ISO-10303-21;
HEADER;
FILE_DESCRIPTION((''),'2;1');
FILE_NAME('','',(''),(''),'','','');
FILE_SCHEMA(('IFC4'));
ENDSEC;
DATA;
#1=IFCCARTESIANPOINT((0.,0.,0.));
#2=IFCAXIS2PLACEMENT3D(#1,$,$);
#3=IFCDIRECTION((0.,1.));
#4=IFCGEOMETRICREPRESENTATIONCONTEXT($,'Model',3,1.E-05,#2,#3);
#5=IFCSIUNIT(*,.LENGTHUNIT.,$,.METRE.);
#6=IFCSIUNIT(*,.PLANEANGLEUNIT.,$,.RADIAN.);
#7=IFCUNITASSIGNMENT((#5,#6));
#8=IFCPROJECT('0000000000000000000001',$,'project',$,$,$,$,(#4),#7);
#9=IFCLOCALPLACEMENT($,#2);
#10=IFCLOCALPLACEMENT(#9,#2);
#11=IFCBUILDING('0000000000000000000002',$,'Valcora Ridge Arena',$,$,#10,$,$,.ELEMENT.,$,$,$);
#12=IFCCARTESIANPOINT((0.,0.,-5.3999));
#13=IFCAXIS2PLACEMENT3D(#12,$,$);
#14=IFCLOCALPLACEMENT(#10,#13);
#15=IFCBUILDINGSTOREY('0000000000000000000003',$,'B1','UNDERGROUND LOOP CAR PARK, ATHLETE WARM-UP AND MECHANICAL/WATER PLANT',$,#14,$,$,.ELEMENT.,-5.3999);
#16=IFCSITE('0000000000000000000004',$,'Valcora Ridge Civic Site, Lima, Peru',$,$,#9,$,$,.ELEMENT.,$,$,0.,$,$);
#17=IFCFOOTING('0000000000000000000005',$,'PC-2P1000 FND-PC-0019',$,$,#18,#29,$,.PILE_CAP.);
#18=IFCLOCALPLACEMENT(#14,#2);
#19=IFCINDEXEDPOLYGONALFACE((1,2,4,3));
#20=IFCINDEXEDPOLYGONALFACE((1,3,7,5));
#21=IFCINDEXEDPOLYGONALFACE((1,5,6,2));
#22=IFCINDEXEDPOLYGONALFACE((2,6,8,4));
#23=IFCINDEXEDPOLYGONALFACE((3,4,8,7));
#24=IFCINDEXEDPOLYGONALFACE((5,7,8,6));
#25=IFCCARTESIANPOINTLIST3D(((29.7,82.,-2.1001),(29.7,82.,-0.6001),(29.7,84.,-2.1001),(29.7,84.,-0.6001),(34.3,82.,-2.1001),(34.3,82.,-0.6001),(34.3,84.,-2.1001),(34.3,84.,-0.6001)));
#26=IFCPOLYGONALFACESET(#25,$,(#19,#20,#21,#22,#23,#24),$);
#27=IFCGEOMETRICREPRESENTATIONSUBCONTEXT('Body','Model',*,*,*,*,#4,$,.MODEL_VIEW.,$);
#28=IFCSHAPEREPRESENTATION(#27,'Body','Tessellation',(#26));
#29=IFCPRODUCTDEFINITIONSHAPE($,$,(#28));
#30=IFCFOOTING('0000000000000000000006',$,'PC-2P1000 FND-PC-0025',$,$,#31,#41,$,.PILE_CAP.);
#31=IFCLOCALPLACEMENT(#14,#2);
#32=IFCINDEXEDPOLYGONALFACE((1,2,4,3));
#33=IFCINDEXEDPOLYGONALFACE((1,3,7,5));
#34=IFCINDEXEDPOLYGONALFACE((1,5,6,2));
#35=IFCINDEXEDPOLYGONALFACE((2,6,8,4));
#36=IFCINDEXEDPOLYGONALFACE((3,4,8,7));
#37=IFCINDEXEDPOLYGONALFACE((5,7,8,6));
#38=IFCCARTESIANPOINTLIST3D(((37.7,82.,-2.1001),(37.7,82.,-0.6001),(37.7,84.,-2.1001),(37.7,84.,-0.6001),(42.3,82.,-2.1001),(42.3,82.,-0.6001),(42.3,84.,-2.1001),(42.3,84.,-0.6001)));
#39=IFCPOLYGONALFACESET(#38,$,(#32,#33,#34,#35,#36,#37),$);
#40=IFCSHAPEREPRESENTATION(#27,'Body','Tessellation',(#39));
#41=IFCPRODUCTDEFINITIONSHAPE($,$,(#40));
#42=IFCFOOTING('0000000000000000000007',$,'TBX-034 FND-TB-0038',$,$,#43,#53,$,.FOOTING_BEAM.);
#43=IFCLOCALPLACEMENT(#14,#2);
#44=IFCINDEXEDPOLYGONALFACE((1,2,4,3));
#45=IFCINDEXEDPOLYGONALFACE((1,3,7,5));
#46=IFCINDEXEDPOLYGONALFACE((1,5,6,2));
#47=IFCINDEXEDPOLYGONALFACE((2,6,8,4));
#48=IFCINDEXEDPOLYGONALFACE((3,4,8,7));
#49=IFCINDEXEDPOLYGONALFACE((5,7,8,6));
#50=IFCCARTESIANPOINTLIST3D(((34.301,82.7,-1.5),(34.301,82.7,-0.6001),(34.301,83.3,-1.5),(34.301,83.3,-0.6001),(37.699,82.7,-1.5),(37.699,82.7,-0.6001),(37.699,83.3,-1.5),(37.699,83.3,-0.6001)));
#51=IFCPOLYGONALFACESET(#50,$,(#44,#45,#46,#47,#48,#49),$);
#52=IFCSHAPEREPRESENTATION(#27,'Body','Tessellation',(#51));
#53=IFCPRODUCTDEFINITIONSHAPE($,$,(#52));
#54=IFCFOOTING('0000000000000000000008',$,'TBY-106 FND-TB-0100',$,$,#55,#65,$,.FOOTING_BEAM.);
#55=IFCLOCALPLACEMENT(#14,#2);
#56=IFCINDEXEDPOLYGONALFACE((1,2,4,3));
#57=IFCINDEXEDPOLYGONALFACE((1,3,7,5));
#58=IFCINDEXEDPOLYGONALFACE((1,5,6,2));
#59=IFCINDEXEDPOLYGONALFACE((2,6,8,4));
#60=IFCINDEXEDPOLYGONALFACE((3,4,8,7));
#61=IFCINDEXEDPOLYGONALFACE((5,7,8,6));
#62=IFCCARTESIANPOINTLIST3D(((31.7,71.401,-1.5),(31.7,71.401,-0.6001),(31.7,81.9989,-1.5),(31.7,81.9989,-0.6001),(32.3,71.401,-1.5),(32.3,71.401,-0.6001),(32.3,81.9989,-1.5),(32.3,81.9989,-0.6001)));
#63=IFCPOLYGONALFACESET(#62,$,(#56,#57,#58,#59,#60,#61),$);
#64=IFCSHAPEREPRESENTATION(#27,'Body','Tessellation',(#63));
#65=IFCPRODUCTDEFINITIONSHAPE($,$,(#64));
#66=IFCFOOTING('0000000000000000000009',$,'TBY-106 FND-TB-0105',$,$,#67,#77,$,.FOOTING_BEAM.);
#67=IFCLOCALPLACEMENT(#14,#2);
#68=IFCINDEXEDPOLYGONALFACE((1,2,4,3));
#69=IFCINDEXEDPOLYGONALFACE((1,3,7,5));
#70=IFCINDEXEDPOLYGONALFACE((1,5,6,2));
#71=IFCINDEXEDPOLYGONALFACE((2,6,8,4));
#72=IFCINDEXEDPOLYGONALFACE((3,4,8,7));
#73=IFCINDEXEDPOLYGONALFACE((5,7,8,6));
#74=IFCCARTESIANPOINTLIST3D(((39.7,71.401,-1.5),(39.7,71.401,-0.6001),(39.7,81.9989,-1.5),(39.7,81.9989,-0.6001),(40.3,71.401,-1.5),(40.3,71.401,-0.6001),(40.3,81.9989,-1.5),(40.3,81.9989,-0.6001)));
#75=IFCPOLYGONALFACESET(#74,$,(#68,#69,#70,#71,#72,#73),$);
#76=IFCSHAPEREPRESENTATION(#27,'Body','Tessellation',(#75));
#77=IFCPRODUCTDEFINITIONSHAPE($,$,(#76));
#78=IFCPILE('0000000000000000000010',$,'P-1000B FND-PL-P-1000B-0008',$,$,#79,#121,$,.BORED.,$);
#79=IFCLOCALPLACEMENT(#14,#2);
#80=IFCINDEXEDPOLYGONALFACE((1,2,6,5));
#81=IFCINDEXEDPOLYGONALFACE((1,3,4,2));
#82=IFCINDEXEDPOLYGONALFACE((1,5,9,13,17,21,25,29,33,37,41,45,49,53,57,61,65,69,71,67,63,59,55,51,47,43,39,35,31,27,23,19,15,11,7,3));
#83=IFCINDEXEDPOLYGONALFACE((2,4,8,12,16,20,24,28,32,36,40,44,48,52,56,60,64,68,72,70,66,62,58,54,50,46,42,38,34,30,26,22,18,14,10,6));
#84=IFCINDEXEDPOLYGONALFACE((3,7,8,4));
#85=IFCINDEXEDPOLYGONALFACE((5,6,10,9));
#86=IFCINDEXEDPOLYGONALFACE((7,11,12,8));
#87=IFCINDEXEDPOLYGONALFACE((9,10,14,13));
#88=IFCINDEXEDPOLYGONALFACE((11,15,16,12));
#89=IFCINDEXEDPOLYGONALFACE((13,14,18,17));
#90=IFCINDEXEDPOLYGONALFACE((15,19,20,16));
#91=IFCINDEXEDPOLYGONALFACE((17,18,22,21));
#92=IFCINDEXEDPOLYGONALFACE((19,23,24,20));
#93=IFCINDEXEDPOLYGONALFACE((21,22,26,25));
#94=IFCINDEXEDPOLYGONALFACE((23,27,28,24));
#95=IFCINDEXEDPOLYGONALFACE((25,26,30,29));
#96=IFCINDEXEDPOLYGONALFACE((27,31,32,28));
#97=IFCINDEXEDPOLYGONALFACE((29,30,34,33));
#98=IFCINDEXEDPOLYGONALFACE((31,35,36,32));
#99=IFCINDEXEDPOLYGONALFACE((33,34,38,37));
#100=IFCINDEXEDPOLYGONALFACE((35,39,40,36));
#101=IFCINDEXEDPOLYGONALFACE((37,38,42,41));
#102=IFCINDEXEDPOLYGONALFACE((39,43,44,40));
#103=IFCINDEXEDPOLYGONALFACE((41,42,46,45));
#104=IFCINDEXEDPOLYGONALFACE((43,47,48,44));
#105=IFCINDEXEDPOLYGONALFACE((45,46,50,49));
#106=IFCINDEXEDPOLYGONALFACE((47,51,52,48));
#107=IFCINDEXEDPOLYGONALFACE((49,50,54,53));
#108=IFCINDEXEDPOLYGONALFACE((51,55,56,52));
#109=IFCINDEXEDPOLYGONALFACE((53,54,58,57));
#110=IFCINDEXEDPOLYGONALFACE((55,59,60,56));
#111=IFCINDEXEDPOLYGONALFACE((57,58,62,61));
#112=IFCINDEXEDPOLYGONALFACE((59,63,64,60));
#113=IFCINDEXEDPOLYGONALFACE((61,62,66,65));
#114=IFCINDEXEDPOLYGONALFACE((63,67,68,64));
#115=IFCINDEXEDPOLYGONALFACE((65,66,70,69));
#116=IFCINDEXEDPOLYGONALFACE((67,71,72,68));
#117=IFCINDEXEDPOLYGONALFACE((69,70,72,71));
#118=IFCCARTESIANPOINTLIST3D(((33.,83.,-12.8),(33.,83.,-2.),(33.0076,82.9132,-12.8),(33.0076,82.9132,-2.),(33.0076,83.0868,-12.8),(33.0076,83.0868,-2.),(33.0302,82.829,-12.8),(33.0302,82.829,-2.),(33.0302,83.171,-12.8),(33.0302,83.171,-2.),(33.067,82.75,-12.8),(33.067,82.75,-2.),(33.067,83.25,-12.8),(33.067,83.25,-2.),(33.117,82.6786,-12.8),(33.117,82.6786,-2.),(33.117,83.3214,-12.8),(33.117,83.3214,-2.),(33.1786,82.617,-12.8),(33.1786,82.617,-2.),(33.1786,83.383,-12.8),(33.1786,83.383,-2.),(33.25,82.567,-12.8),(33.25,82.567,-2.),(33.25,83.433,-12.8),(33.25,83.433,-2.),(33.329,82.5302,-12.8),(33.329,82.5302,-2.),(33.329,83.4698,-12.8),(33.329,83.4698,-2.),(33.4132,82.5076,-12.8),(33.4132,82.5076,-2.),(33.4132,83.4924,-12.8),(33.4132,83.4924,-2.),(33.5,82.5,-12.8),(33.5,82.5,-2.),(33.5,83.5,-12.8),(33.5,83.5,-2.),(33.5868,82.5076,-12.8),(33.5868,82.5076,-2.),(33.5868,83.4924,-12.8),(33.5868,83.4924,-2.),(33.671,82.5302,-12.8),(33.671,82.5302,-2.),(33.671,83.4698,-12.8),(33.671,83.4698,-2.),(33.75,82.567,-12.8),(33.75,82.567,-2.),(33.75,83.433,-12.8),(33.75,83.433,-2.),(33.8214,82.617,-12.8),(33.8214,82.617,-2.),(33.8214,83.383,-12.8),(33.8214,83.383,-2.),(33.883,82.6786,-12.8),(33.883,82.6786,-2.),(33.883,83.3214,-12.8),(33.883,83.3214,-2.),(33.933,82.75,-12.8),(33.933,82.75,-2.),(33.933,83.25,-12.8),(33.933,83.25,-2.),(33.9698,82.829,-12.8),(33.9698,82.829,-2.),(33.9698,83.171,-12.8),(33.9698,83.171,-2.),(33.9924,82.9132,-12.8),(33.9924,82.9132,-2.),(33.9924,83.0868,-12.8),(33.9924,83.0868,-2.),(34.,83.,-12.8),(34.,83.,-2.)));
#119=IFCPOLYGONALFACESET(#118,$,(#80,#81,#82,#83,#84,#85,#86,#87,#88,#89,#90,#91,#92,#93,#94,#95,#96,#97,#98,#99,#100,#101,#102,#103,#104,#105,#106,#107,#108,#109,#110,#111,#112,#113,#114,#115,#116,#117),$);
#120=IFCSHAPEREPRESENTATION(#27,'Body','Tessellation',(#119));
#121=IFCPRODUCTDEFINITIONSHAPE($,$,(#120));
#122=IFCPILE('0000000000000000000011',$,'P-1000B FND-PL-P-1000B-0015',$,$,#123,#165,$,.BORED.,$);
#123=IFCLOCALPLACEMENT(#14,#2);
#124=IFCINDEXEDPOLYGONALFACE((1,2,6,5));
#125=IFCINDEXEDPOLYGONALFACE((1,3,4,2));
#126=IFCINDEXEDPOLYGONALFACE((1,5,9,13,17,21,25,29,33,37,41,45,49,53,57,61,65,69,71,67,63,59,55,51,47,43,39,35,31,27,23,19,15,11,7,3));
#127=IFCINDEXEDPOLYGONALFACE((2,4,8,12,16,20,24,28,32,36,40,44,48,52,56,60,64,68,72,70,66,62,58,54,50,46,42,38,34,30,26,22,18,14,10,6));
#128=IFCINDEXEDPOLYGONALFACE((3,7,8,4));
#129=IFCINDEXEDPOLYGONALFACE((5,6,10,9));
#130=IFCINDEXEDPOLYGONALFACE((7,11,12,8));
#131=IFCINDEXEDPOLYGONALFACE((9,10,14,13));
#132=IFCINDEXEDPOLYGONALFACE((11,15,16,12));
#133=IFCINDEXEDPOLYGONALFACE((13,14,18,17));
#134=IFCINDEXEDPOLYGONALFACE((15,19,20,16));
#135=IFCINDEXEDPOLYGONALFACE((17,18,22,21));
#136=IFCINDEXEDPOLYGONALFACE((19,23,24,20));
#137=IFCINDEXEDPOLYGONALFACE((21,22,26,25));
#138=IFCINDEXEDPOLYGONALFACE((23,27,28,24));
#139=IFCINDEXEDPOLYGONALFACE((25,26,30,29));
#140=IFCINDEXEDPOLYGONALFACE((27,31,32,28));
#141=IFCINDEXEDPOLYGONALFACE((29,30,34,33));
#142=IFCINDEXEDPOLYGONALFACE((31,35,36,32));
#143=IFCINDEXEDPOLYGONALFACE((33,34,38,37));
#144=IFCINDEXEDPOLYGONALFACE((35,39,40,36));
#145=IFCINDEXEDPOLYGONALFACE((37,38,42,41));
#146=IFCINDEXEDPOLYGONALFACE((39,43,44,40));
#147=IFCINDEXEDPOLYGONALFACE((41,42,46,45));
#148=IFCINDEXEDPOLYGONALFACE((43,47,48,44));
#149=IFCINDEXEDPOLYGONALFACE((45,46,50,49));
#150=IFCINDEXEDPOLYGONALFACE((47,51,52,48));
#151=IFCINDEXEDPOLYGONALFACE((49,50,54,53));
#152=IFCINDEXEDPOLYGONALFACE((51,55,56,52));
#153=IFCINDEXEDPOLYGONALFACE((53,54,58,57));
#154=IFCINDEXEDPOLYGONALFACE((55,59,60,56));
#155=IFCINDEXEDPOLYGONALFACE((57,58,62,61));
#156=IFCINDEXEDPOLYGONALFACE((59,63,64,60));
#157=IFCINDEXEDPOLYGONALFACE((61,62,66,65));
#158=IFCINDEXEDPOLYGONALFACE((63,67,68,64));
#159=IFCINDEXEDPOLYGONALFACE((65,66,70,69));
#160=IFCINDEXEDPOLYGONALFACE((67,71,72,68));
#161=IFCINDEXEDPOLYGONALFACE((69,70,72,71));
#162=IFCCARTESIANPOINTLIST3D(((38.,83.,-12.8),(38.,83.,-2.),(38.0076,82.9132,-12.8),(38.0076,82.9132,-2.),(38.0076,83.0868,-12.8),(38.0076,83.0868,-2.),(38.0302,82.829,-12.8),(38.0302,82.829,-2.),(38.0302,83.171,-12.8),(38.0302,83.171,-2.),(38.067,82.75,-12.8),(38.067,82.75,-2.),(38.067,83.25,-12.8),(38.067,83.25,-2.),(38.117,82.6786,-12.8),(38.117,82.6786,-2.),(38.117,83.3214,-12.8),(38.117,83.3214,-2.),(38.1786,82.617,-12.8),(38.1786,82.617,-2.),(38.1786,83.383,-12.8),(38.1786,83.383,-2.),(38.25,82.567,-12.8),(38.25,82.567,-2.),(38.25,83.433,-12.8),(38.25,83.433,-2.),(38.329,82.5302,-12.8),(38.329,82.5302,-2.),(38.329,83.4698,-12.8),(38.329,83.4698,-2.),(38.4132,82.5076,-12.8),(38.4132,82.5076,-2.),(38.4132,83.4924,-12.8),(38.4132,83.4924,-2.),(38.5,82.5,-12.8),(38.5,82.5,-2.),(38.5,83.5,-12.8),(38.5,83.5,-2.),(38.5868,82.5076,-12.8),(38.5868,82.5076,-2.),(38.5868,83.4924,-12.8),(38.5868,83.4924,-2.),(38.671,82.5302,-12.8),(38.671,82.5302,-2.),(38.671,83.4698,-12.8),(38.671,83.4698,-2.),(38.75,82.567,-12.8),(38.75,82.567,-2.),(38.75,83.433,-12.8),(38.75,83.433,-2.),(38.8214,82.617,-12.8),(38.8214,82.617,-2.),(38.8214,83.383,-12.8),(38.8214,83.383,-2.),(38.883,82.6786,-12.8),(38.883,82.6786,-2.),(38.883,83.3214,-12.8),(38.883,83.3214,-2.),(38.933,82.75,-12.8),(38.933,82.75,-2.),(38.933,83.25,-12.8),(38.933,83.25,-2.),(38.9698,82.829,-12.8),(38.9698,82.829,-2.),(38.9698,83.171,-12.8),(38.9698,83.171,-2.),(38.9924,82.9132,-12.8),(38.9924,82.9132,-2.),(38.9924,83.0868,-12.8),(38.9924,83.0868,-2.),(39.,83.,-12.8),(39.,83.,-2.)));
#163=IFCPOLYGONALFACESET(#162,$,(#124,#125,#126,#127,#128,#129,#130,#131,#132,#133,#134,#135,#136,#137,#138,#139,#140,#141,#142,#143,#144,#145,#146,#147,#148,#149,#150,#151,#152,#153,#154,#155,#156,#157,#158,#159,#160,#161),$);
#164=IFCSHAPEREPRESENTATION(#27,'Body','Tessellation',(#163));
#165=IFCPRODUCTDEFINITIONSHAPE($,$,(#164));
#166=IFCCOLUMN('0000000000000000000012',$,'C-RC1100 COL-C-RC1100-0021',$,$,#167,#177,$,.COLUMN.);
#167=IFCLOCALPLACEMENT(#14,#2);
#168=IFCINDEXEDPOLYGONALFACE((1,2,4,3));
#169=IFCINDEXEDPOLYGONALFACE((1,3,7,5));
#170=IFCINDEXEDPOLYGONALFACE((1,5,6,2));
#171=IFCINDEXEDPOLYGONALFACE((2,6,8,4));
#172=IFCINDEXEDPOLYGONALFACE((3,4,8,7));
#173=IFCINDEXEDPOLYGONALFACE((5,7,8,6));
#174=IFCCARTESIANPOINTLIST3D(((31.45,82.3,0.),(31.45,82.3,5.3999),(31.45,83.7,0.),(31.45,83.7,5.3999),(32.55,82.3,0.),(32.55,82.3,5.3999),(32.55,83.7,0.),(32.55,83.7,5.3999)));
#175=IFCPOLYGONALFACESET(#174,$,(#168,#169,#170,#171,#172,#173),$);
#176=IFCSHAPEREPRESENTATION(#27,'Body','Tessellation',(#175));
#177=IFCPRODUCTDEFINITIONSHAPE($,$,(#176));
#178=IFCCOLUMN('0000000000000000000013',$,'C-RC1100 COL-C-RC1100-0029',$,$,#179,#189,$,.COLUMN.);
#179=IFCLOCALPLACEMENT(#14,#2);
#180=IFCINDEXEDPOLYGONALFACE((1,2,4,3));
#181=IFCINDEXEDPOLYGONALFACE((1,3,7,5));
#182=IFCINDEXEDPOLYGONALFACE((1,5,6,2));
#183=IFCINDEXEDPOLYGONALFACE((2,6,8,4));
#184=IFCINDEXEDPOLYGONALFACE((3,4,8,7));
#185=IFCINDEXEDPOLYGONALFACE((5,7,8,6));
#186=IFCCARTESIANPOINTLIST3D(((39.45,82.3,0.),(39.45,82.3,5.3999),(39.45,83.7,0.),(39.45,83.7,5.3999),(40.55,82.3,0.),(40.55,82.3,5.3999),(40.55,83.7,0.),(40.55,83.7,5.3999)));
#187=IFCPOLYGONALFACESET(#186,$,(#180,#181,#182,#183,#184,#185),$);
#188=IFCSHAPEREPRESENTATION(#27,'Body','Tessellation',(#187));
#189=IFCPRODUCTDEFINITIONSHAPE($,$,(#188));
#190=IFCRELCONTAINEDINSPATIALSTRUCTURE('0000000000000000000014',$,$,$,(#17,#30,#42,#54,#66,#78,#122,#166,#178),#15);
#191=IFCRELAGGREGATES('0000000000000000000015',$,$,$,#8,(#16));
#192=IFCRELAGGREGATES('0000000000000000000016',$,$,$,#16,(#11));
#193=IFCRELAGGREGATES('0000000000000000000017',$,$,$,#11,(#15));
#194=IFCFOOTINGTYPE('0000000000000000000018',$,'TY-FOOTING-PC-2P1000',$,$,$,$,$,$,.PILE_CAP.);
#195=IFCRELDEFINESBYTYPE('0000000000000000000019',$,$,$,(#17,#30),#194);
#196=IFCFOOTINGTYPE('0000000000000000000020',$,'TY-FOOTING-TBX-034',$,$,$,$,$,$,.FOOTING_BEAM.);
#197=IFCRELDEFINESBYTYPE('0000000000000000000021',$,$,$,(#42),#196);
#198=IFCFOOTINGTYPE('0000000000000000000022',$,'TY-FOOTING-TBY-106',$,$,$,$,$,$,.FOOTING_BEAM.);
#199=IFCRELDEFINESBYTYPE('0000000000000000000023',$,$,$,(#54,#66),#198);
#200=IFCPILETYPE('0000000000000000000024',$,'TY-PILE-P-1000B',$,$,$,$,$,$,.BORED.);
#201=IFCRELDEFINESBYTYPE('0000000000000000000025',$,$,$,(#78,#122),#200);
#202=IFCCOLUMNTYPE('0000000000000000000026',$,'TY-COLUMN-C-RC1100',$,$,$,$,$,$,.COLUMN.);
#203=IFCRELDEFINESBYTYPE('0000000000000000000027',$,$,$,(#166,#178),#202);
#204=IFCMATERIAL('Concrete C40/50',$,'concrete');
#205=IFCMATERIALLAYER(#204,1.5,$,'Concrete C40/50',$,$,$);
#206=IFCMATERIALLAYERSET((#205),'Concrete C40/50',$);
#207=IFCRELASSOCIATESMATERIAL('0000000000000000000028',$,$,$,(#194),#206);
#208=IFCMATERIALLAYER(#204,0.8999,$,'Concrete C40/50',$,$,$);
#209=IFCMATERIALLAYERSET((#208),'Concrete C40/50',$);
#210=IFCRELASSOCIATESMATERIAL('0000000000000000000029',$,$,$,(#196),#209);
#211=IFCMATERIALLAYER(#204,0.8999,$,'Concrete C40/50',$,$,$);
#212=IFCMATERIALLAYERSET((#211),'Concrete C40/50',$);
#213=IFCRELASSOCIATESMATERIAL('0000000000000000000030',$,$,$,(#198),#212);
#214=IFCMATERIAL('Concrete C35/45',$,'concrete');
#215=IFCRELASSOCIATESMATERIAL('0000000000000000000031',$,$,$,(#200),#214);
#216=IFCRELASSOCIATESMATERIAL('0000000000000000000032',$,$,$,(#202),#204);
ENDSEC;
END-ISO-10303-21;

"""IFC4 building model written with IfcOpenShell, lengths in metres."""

from ifc_helpers import new_model, si_unit, direction, frame, origin, origin_2d, place, context, subcontext, project, spatial, rectangle, circle, extrude, material, layer, layer_set, material_profile, profile_set, type_object, element, save


model = new_model("IFC4")

# Units and contexts
model_context = context("Model", 3, precision=1e-05, world=origin(), true_north=direction((0.0, 1.0)))
body_context = subcontext(model_context, "Body", "Model", "MODEL_VIEW")
ifc_project = project(units=[si_unit("LENGTHUNIT", "METRE"), si_unit("PLANEANGLEUNIT", "RADIAN")], contexts=[model_context])

# Site, building, storey
site_placement = place(None, origin())
site = spatial("IfcSite", under=ifc_project, at=site_placement, Name="Valcora Ridge Civic Site, Lima, Peru", CompositionType="ELEMENT", RefElevation=0.0)
building_placement = place(site_placement, origin())
building = spatial("IfcBuilding", under=site, at=building_placement, Name="Valcora Ridge Arena", CompositionType="ELEMENT")
storey_placement = place(building_placement, frame((0.0, 0.0, -5.3999)))
storey = spatial("IfcBuildingStorey", under=building, at=storey_placement, Name="B1", Description="UNDERGROUND LOOP CAR PARK, ATHLETE WARM-UP AND MECHANICAL/WATER PLANT", CompositionType="ELEMENT", Elevation=-5.3999)

# Footings
ifc_material_1 = material(Name="Concrete C40/50", Category="concrete")
ifc_layer_1 = layer(ifc_material_1, 1.5, Name="Concrete C40/50")
ifc_layer_set_1 = layer_set([ifc_layer_1], Name="Concrete C40/50")
footing_type_1 = type_object("IfcFootingType", Name="TY-FOOTING-PC-2P1000", PredefinedType="PILE_CAP", material=ifc_layer_set_1)
for number, where, z_axis, x_axis, name in (
    (1, (32.0, 83.0, -2.1001), (0.0, 0.0, 1.0), (1.0, 0.0, 0.0), "PC-2P1000 FND-PC-0019"),
    (2, (40.0, 83.0, -2.1001), (0.0, 0.0, 1.0), (1.0, 0.0, 0.0), "PC-2P1000 FND-PC-0025"),
):
    element("IfcFooting", number, at=place(storey_placement, frame(where, z_axis=z_axis, x_axis=x_axis)), inside=storey, type_object=footing_type_1, Name=name, PredefinedType="PILE_CAP", context=body_context, shape_type="SweptSolid", body=[
        extrude(rectangle(XDim=4.6001, YDim=2.0, at=origin_2d()), origin(), (0.0, 0.0, 1.0), 1.5),
    ])
ifc_layer_2 = layer(ifc_material_1, 0.8999, Name="Concrete C40/50")
ifc_layer_set_2 = layer_set([ifc_layer_2], Name="Concrete C40/50")
footing_type_2 = type_object("IfcFootingType", Name="TY-FOOTING-TBX-034", PredefinedType="FOOTING_BEAM", material=ifc_layer_set_2)
footing_placement = place(storey_placement, frame((36.0, 83.0, -1.5), z_axis=(0.0, 0.0, 1.0), x_axis=(1.0, 0.0, 0.0)))
element("IfcFooting", 3, at=footing_placement, inside=storey, type_object=footing_type_2, Name="TBX-034 FND-TB-0038", PredefinedType="FOOTING_BEAM", context=body_context, shape_type="SweptSolid", body=[
    extrude(rectangle(XDim=3.3979, YDim=0.6001, at=origin_2d()), origin(), (0.0, 0.0, 1.0), 0.8999),
])
ifc_layer_3 = layer(ifc_material_1, 0.8999, Name="Concrete C40/50")
ifc_layer_set_3 = layer_set([ifc_layer_3], Name="Concrete C40/50")
footing_type_3 = type_object("IfcFootingType", Name="TY-FOOTING-TBY-106", PredefinedType="FOOTING_BEAM", material=ifc_layer_set_3)
for number, where, z_axis, x_axis, name in (
    (4, (32.0, 76.7, -1.5), (0.0, 0.0, 1.0), (1.0, 0.0, 0.0), "TBY-106 FND-TB-0100"),
    (5, (40.0, 76.7, -1.5), (0.0, 0.0, 1.0), (1.0, 0.0, 0.0), "TBY-106 FND-TB-0105"),
):
    element("IfcFooting", number, at=place(storey_placement, frame(where, z_axis=z_axis, x_axis=x_axis)), inside=storey, type_object=footing_type_3, Name=name, PredefinedType="FOOTING_BEAM", context=body_context, shape_type="SweptSolid", body=[
        extrude(rectangle(XDim=0.6001, YDim=10.5979, at=origin_2d()), origin(), (0.0, 0.0, 1.0), 0.8999),
    ])

# Piles
ifc_material_2 = material(Name="Concrete C35/45", Category="concrete")
ifc_material_profile_1 = material_profile(ifc_material_2, circle(Radius=0.5, at=origin_2d()), Name="BORED PILE D1000")
ifc_profile_set_1 = profile_set([ifc_material_profile_1], Name="Concrete C35/45")
pile_type = type_object("IfcPileType", Name="TY-PILE-P-1000B", PredefinedType="BORED", material=ifc_profile_set_1)
for number, where, z_axis, x_axis, name in (
    (6, (33.5, 83.0, -2.0), (0.0, 0.0, -1.0), (1.0, 0.0, 0.0), "P-1000B FND-PL-P-1000B-0008"),
    (7, (38.5, 83.0, -2.0), (0.0, 0.0, -1.0), (1.0, 0.0, 0.0), "P-1000B FND-PL-P-1000B-0015"),
):
    element("IfcPile", number, at=place(storey_placement, frame(where, z_axis=z_axis, x_axis=x_axis)), inside=storey, type_object=pile_type, Name=name, PredefinedType="BORED", context=body_context, shape_type="SweptSolid", body=[
        extrude(circle(Radius=0.5, at=origin_2d()), origin(), (0.0, 0.0, 1.0), 10.8),
    ])

# Columns
ifc_material_profile_2 = material_profile(ifc_material_1, rectangle(XDim=1.1001, YDim=1.3999, at=origin_2d()), Name="RC 1100x1400")
ifc_profile_set_2 = profile_set([ifc_material_profile_2], Name="Concrete C40/50")
column_type_1 = type_object("IfcColumnType", Name="TY-COLUMN-C-RC1100", PredefinedType="COLUMN", material=ifc_profile_set_2)
for number, where, z_axis, x_axis, name in (
    (8, (32.0, 83.0, 0.0), (0.0, 0.0, 1.0), (1.0, 0.0, 0.0), "C-RC1100 COL-C-RC1100-0021"),
    (9, (40.0, 83.0, 0.0), (0.0, 0.0, 1.0), (1.0, 0.0, 0.0), "C-RC1100 COL-C-RC1100-0029"),
):
    element("IfcColumn", number, at=place(storey_placement, frame(where, z_axis=z_axis, x_axis=x_axis)), inside=storey, type_object=column_type_1, Name=name, PredefinedType="COLUMN", context=body_context, shape_type="SweptSolid", body=[
        extrude(rectangle(XDim=1.1001, YDim=1.3999, at=origin_2d()), origin(), (0.0, 0.0, 1.0), 5.3999),
    ])

save(model, "model.ifc")
